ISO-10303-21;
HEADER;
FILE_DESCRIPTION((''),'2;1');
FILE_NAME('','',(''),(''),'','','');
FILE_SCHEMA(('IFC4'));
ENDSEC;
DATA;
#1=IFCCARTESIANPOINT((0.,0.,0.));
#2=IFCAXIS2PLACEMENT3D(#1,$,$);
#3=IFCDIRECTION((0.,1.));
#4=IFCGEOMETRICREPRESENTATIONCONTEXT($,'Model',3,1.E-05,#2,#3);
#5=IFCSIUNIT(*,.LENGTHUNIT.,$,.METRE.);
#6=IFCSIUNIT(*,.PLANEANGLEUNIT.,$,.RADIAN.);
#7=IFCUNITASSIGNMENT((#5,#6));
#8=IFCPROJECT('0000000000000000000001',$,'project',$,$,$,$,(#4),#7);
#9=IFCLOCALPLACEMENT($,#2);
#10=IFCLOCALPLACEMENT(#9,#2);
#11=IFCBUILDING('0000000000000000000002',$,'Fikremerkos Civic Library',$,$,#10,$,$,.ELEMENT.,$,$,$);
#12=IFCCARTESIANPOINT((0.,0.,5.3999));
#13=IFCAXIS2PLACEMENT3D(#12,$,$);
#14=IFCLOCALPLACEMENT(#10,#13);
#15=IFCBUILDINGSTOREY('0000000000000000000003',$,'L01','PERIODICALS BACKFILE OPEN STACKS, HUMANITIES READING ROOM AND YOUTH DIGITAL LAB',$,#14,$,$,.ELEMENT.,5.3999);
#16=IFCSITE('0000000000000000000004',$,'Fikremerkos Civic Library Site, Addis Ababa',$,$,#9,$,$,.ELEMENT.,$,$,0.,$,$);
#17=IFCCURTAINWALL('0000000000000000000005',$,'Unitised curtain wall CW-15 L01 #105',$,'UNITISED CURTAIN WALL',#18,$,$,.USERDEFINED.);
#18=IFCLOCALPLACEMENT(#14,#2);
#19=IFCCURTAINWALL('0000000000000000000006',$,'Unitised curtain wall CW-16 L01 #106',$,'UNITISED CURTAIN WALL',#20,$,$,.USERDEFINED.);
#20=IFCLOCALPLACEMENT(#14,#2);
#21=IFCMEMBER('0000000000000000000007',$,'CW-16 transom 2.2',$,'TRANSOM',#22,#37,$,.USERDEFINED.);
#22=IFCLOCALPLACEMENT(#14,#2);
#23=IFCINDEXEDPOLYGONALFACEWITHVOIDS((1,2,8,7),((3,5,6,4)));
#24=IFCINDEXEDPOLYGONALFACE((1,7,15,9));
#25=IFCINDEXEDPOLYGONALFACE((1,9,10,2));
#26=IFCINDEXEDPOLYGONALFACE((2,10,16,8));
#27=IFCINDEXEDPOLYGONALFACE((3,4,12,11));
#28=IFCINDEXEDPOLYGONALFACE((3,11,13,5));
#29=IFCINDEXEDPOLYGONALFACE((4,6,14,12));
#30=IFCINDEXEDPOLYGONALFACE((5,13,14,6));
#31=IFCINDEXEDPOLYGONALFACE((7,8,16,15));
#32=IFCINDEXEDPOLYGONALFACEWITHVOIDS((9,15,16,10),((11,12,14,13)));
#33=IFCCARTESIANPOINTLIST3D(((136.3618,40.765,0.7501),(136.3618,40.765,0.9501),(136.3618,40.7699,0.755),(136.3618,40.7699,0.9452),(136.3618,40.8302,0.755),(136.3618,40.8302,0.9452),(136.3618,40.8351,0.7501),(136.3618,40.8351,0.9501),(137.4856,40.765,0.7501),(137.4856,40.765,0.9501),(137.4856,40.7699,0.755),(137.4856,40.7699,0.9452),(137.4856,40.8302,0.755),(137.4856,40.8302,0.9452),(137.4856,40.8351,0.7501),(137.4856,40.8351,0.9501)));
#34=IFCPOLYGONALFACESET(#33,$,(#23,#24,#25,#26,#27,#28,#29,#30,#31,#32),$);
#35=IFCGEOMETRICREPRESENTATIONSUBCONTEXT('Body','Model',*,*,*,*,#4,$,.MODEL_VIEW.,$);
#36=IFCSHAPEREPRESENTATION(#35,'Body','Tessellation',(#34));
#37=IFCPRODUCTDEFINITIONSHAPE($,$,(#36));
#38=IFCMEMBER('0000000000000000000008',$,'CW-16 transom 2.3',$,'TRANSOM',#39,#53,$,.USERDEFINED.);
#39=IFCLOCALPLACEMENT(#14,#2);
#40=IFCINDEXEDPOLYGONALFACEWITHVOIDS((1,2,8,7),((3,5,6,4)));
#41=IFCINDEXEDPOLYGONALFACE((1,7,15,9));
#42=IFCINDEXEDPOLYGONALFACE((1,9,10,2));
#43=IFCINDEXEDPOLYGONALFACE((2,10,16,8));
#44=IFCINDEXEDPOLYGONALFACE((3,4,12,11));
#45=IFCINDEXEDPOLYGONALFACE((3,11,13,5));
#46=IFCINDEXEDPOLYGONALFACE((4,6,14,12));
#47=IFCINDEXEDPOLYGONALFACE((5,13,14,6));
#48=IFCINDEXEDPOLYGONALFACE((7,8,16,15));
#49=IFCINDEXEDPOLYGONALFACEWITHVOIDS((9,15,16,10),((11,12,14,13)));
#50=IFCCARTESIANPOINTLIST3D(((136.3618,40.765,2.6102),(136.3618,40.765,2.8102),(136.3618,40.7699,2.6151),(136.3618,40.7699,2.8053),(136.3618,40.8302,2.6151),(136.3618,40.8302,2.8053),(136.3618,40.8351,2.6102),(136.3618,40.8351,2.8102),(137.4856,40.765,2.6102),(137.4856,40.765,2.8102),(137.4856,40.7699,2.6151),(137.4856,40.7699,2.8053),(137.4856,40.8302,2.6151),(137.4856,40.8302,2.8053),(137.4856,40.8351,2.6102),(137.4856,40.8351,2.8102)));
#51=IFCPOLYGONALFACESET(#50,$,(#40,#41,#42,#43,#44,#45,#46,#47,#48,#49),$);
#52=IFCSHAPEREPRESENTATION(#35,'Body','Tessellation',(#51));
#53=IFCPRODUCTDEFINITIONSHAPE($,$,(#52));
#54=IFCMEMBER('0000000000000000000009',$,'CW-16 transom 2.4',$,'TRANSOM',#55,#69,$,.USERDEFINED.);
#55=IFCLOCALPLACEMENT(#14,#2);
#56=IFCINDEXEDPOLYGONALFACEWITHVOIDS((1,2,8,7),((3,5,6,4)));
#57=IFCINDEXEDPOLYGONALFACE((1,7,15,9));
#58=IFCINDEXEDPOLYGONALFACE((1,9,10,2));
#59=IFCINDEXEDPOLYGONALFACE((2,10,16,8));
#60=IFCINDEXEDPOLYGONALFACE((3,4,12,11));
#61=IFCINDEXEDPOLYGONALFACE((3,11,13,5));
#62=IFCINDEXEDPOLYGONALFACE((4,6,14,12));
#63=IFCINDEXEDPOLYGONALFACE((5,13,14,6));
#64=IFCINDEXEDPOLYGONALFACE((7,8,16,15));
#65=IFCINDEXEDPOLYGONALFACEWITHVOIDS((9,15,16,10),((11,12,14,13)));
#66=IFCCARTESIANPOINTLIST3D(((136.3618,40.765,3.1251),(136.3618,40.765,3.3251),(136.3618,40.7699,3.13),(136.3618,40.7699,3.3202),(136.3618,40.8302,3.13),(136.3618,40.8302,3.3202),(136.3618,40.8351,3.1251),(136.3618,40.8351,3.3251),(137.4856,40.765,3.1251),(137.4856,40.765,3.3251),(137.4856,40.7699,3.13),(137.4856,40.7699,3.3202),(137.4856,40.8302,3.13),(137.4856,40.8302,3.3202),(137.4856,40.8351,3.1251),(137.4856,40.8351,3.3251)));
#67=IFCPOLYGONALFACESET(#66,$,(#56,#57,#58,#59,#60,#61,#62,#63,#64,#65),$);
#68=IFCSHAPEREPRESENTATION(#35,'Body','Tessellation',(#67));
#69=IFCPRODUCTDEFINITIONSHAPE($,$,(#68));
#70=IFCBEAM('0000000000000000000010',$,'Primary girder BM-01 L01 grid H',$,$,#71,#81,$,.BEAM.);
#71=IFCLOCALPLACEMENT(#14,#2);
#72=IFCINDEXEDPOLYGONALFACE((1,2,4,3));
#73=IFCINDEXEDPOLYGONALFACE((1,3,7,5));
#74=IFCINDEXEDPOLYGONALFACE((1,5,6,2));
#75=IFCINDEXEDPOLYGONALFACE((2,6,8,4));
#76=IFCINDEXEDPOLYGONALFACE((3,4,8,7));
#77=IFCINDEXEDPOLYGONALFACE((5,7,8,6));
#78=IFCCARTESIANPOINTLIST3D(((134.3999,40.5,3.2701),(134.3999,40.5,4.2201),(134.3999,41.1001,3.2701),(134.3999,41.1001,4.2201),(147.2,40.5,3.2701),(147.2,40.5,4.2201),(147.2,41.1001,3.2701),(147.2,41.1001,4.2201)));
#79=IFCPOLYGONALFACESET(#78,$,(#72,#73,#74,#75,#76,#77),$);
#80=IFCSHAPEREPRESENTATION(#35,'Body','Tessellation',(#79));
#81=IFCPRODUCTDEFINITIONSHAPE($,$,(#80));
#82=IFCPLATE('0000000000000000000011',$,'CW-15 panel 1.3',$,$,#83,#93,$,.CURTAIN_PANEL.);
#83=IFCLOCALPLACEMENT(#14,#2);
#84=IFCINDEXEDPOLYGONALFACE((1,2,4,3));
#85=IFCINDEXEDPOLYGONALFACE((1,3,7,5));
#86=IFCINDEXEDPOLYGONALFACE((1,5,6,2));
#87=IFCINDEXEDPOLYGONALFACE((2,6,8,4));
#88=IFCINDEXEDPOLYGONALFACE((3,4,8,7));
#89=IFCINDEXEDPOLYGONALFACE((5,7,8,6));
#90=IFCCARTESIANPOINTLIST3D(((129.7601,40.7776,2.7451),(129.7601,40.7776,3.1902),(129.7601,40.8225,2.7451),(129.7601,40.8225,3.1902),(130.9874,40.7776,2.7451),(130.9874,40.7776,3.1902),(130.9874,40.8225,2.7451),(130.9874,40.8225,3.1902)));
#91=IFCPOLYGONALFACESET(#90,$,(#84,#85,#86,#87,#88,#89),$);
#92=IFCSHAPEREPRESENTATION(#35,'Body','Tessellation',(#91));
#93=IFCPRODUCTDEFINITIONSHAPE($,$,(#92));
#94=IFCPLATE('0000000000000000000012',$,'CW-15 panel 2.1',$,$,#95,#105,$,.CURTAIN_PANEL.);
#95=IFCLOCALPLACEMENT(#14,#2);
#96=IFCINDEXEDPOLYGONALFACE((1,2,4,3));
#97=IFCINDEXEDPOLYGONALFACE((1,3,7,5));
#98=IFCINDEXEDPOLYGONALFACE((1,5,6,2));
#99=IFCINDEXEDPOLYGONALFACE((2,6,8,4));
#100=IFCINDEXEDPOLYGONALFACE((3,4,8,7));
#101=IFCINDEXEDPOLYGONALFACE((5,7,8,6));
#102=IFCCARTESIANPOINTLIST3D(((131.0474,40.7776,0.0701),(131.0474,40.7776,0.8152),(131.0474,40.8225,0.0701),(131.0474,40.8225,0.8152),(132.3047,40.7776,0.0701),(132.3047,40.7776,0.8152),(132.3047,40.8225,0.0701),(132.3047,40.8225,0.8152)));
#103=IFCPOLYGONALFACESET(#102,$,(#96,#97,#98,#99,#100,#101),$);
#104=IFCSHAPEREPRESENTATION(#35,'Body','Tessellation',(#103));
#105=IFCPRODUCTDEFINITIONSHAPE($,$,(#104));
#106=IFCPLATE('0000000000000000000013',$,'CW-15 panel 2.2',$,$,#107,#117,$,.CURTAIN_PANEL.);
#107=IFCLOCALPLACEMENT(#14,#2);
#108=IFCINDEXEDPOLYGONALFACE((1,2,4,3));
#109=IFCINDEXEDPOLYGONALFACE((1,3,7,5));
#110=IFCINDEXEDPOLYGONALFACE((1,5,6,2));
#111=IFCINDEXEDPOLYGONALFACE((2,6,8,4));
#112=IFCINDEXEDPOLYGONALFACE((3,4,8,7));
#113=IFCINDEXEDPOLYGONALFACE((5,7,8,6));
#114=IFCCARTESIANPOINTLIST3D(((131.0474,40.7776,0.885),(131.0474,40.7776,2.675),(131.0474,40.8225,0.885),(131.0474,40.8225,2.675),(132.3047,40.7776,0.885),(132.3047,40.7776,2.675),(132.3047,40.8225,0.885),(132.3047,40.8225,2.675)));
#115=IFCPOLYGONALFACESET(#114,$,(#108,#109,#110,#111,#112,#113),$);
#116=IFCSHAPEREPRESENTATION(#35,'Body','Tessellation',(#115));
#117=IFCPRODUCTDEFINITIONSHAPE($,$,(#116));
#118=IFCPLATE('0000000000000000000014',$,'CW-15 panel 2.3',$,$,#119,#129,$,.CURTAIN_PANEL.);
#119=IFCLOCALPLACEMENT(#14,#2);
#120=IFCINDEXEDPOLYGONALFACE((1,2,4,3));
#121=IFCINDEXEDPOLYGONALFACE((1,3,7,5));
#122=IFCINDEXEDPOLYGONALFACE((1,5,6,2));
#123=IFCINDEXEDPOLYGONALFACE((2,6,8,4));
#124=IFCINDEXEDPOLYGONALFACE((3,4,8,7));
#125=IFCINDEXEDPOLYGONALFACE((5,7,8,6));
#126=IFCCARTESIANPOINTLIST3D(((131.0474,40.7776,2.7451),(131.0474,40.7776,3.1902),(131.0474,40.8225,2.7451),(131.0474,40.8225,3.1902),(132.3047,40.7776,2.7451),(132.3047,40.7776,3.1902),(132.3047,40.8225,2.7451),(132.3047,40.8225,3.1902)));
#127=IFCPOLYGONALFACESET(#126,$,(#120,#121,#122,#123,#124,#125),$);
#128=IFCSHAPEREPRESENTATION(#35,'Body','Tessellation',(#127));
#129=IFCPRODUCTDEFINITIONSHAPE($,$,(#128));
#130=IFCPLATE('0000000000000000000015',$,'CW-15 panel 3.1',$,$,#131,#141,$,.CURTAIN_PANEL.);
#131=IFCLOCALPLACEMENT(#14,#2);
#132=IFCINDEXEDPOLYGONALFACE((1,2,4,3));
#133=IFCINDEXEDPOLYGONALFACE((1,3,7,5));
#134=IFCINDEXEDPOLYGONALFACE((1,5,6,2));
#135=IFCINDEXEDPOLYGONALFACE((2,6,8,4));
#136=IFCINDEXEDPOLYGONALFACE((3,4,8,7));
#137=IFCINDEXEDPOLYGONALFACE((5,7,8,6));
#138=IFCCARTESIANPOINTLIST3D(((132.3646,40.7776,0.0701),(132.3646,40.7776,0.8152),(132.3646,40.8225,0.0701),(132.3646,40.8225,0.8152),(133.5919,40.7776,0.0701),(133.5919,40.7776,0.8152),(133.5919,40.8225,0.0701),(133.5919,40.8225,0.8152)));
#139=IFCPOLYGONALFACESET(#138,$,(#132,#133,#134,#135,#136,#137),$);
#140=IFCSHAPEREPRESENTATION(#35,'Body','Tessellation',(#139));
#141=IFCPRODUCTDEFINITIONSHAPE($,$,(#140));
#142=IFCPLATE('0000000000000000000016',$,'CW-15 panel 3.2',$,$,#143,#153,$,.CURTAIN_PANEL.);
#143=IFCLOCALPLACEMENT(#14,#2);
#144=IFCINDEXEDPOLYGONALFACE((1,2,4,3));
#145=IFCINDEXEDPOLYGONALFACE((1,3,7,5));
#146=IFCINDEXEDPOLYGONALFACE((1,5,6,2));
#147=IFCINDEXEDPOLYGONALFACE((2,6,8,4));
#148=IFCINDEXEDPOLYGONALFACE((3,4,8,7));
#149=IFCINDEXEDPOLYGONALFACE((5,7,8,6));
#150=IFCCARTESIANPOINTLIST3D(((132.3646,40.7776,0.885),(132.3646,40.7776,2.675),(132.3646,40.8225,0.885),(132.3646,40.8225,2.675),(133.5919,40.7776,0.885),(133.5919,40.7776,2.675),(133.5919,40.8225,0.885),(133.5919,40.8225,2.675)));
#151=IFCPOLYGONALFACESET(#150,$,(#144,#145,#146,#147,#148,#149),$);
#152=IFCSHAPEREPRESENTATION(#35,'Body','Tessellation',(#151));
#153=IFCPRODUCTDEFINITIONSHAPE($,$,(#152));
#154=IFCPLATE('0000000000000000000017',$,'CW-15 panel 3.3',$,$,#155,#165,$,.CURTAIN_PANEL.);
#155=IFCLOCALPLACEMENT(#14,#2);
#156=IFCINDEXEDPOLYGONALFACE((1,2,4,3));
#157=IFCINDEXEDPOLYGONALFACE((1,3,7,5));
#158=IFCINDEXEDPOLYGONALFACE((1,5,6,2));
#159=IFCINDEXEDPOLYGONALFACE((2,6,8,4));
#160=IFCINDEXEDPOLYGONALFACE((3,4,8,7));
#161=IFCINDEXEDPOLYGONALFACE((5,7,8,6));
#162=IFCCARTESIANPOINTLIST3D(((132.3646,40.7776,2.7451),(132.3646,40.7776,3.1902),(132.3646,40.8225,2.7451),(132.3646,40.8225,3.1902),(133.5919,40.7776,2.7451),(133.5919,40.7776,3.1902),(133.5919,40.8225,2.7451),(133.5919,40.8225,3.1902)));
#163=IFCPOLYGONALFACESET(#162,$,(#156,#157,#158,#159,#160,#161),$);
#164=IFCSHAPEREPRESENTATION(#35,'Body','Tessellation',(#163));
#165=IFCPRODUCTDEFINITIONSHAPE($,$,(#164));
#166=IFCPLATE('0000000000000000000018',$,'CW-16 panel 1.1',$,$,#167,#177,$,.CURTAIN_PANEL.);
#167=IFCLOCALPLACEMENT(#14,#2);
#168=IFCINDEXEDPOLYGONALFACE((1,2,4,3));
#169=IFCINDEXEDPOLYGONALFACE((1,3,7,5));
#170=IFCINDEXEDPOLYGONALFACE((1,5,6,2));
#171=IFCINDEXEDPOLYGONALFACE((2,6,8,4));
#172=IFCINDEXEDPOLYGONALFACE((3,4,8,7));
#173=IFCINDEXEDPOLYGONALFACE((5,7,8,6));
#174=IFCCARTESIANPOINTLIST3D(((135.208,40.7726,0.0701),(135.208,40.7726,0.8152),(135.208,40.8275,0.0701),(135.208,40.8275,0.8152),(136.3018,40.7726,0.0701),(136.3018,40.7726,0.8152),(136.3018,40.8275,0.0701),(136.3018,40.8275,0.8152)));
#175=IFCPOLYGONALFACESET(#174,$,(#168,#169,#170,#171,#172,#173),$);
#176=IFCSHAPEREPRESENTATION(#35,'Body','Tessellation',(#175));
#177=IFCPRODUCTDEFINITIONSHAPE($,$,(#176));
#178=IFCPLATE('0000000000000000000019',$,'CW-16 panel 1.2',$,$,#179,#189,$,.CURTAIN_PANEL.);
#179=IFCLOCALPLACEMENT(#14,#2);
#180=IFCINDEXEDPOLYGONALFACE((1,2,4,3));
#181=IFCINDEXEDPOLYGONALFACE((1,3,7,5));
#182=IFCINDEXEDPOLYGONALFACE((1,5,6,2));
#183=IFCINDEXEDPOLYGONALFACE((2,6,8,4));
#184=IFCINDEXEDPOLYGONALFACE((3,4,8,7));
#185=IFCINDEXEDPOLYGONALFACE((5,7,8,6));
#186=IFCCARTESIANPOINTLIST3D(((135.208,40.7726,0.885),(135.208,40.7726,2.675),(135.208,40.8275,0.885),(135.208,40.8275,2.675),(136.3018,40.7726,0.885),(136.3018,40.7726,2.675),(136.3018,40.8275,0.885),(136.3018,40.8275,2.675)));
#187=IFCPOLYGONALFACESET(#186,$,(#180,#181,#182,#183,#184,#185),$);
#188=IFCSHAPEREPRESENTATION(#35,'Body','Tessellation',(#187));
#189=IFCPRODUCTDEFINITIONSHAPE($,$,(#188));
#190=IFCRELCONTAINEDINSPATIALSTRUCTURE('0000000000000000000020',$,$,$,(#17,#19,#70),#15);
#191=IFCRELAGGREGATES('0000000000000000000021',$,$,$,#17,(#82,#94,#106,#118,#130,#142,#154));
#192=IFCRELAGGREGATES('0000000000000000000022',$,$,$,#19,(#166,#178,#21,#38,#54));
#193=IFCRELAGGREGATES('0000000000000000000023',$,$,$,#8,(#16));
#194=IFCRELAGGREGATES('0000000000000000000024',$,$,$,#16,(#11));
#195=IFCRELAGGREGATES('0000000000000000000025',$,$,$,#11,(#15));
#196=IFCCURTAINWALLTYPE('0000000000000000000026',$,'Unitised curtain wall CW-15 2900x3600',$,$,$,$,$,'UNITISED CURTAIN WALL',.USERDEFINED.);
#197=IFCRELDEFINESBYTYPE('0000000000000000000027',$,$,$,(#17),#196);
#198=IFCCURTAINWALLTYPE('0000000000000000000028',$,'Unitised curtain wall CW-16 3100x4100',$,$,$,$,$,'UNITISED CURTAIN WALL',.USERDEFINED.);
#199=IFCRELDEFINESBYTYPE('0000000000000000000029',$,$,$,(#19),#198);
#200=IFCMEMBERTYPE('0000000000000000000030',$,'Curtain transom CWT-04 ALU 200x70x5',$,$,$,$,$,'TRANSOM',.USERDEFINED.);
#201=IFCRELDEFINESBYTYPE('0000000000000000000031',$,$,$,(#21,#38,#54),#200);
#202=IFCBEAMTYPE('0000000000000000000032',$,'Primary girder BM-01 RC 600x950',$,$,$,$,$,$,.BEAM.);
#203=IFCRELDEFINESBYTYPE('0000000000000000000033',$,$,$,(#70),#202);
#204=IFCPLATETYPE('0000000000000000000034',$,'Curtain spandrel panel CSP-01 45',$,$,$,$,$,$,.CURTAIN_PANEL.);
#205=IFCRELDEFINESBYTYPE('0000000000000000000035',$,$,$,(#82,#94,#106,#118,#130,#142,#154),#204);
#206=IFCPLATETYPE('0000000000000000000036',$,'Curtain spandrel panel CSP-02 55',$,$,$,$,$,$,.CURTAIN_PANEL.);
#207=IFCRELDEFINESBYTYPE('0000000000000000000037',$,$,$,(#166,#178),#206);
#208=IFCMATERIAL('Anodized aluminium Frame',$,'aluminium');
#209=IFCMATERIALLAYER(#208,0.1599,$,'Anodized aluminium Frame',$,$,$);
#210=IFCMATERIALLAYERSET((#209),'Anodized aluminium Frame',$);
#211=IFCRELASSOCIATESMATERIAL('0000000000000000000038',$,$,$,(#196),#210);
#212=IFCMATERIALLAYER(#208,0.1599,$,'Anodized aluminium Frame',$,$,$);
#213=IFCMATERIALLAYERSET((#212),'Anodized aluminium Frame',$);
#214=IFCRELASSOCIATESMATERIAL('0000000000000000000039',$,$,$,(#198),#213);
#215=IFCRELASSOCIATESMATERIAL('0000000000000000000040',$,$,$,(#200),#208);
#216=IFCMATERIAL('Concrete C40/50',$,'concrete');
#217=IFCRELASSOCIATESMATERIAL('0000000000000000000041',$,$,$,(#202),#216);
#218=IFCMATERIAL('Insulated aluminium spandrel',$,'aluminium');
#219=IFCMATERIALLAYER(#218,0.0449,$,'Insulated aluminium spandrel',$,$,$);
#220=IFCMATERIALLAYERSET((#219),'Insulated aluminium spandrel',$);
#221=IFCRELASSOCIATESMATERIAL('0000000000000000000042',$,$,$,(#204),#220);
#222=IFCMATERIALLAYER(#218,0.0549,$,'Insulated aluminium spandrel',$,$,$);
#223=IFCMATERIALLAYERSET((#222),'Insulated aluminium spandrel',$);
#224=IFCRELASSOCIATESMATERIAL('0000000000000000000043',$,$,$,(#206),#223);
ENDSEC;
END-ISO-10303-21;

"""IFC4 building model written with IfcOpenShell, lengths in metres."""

from ifc_helpers import new_model, si_unit, direction, frame, origin, origin_2d, place, context, subcontext, project, spatial, rectangle, hollow_rectangle, extrude, material, layer, layer_set, material_profile, profile_set, type_object, element, aggregate, save


model = new_model("IFC4")

# Units and contexts
model_context = context("Model", 3, precision=1e-05, world=origin(), true_north=direction((0.0, 1.0)))
body_context = subcontext(model_context, "Body", "Model", "MODEL_VIEW")
ifc_project = project(units=[si_unit("LENGTHUNIT", "METRE"), si_unit("PLANEANGLEUNIT", "RADIAN")], contexts=[model_context])

# Site, building, storey
site_placement = place(None, origin())
site = spatial("IfcSite", under=ifc_project, at=site_placement, Name="Fikremerkos Civic Library Site, Addis Ababa", CompositionType="ELEMENT", RefElevation=0.0)
building_placement = place(site_placement, origin())
building = spatial("IfcBuilding", under=site, at=building_placement, Name="Fikremerkos Civic Library", CompositionType="ELEMENT")
storey_placement = place(building_placement, frame((0.0, 0.0, 5.3999)))
storey = spatial("IfcBuildingStorey", under=building, at=storey_placement, Name="L01", Description="PERIODICALS BACKFILE OPEN STACKS, HUMANITIES READING ROOM AND YOUTH DIGITAL LAB", CompositionType="ELEMENT", Elevation=5.3999)

# Shared definitions
ifc_material_1 = material(Name="Concrete C40/50", Category="concrete")

# Curtain walls
ifc_material_2 = material(Name="Anodized aluminium Frame", Category="aluminium")
ifc_layer_1 = layer(ifc_material_2, 0.1599, Name="Anodized aluminium Frame")
ifc_layer_set_1 = layer_set([ifc_layer_1], Name="Anodized aluminium Frame")
curtain_wall_type_1 = type_object("IfcCurtainWallType", Name="Unitised curtain wall CW-15 2900x3600", ElementType="UNITISED CURTAIN WALL", PredefinedType="USERDEFINED", material=ifc_layer_set_1)
curtain_wall_1_placement = place(storey_placement, origin())
curtain_wall_1 = element("IfcCurtainWall", 1, at=curtain_wall_1_placement, inside=storey, type_object=curtain_wall_type_1, Name="Unitised curtain wall CW-15 L01 #105", ObjectType="UNITISED CURTAIN WALL", PredefinedType="USERDEFINED")
ifc_layer_2 = layer(ifc_material_2, 0.1599, Name="Anodized aluminium Frame")
ifc_layer_set_2 = layer_set([ifc_layer_2], Name="Anodized aluminium Frame")
curtain_wall_type_2 = type_object("IfcCurtainWallType", Name="Unitised curtain wall CW-16 3100x4100", ElementType="UNITISED CURTAIN WALL", PredefinedType="USERDEFINED", material=ifc_layer_set_2)
curtain_wall_2_placement = place(storey_placement, origin())
curtain_wall_2 = element("IfcCurtainWall", 2, at=curtain_wall_2_placement, inside=storey, type_object=curtain_wall_type_2, Name="Unitised curtain wall CW-16 L01 #106", ObjectType="UNITISED CURTAIN WALL", PredefinedType="USERDEFINED")

# Members
ifc_material_profile_1 = material_profile(ifc_material_2, hollow_rectangle(XDim=0.0701, YDim=0.2, WallThickness=0.0049, at=origin_2d()), Name="ALU 200x70x5")
ifc_profile_set_1 = profile_set([ifc_material_profile_1], Name="Anodized aluminium Frame")
member_type_1 = type_object("IfcMemberType", Name="Curtain transom CWT-04 ALU 200x70x5", ElementType="TRANSOM", PredefinedType="USERDEFINED", material=ifc_profile_set_1)
member_1_placement = place(storey_placement, frame((136.3618, 40.8, 0.8501), z_axis=(1.0, 0.0, 0.0), x_axis=(0.0, 1.0, 0.0)))
member_1 = element("IfcMember", 3, at=member_1_placement, type_object=member_type_1, Name="CW-16 transom 2.2", ObjectType="TRANSOM", PredefinedType="USERDEFINED", context=body_context, shape_type="SweptSolid", body=[
    extrude(hollow_rectangle(XDim=0.0701, YDim=0.2, WallThickness=0.0049, at=origin_2d()), origin(), (0.0, 0.0, 1.0), 1.1238),
])
member_2_placement = place(storey_placement, frame((136.3618, 40.8, 2.7102), z_axis=(1.0, 0.0, 0.0), x_axis=(0.0, 1.0, 0.0)))
member_2 = element("IfcMember", 4, at=member_2_placement, type_object=member_type_1, Name="CW-16 transom 2.3", ObjectType="TRANSOM", PredefinedType="USERDEFINED", context=body_context, shape_type="SweptSolid", body=[
    extrude(hollow_rectangle(XDim=0.0701, YDim=0.2, WallThickness=0.0049, at=origin_2d()), origin(), (0.0, 0.0, 1.0), 1.1238),
])
member_3_placement = place(storey_placement, frame((136.3618, 40.8, 3.2251), z_axis=(1.0, 0.0, 0.0), x_axis=(0.0, 1.0, 0.0)))
member_3 = element("IfcMember", 5, at=member_3_placement, type_object=member_type_1, Name="CW-16 transom 2.4", ObjectType="TRANSOM", PredefinedType="USERDEFINED", context=body_context, shape_type="SweptSolid", body=[
    extrude(hollow_rectangle(XDim=0.0701, YDim=0.2, WallThickness=0.0049, at=origin_2d()), origin(), (0.0, 0.0, 1.0), 1.1238),
])

# Beam
ifc_material_profile_2 = material_profile(ifc_material_1, rectangle(XDim=0.6001, YDim=0.95, at=origin_2d()), Name="RC 600x950")
ifc_profile_set_2 = profile_set([ifc_material_profile_2], Name="Concrete C40/50")
beam_type = type_object("IfcBeamType", Name="Primary girder BM-01 RC 600x950", PredefinedType="BEAM", material=ifc_profile_set_2)
beam_placement = place(storey_placement, frame((134.3999, 40.8, 3.7451), z_axis=(1.0, 0.0, 0.0), x_axis=(0.0, 1.0, 0.0)))
element("IfcBeam", 6, at=beam_placement, inside=storey, type_object=beam_type, Name="Primary girder BM-01 L01 grid H", PredefinedType="BEAM", context=body_context, shape_type="SweptSolid", body=[
    extrude(rectangle(XDim=0.6001, YDim=0.95, at=origin_2d()), origin(), (0.0, 0.0, 1.0), 12.8),
])

# Plates
ifc_material_3 = material(Name="Insulated aluminium spandrel", Category="aluminium")
ifc_layer_3 = layer(ifc_material_3, 0.0449, Name="Insulated aluminium spandrel")
ifc_layer_set_3 = layer_set([ifc_layer_3], Name="Insulated aluminium spandrel")
plate_type_1 = type_object("IfcPlateType", Name="Curtain spandrel panel CSP-01 45", PredefinedType="CURTAIN_PANEL", material=ifc_layer_set_3)
plate_1_placement = place(storey_placement, frame((130.3738, 40.8, 2.7451), z_axis=(0.0, 0.0, 1.0), x_axis=(1.0, 0.0, 0.0)))
plate_1 = element("IfcPlate", 7, at=plate_1_placement, type_object=plate_type_1, Name="CW-15 panel 1.3", PredefinedType="CURTAIN_PANEL", context=body_context, shape_type="SweptSolid", body=[
    extrude(rectangle(XDim=1.2273, YDim=0.0449, at=origin_2d()), origin(), (0.0, 0.0, 1.0), 0.4451),
])
plate_2_placement = place(storey_placement, frame((131.676, 40.8, 0.0701), z_axis=(0.0, 0.0, 1.0), x_axis=(1.0, 0.0, 0.0)))
plate_2 = element("IfcPlate", 8, at=plate_2_placement, type_object=plate_type_1, Name="CW-15 panel 2.1", PredefinedType="CURTAIN_PANEL", context=body_context, shape_type="SweptSolid", body=[
    extrude(rectangle(XDim=1.2573, YDim=0.0449, at=origin_2d()), origin(), (0.0, 0.0, 1.0), 0.7451),
])
plate_3_placement = place(storey_placement, frame((131.676, 40.8, 0.885), z_axis=(0.0, 0.0, 1.0), x_axis=(1.0, 0.0, 0.0)))
plate_3 = element("IfcPlate", 9, at=plate_3_placement, type_object=plate_type_1, Name="CW-15 panel 2.2", PredefinedType="CURTAIN_PANEL", context=body_context, shape_type="SweptSolid", body=[
    extrude(rectangle(XDim=1.2573, YDim=0.0449, at=origin_2d()), origin(), (0.0, 0.0, 1.0), 1.79),
])
plate_4_placement = place(storey_placement, frame((131.676, 40.8, 2.7451), z_axis=(0.0, 0.0, 1.0), x_axis=(1.0, 0.0, 0.0)))
plate_4 = element("IfcPlate", 10, at=plate_4_placement, type_object=plate_type_1, Name="CW-15 panel 2.3", PredefinedType="CURTAIN_PANEL", context=body_context, shape_type="SweptSolid", body=[
    extrude(rectangle(XDim=1.2573, YDim=0.0449, at=origin_2d()), origin(), (0.0, 0.0, 1.0), 0.4451),
])
plate_5_placement = place(storey_placement, frame((132.9783, 40.8, 0.0701), z_axis=(0.0, 0.0, 1.0), x_axis=(1.0, 0.0, 0.0)))
plate_5 = element("IfcPlate", 11, at=plate_5_placement, type_object=plate_type_1, Name="CW-15 panel 3.1", PredefinedType="CURTAIN_PANEL", context=body_context, shape_type="SweptSolid", body=[
    extrude(rectangle(XDim=1.2273, YDim=0.0449, at=origin_2d()), origin(), (0.0, 0.0, 1.0), 0.7451),
])
plate_6_placement = place(storey_placement, frame((132.9783, 40.8, 0.885), z_axis=(0.0, 0.0, 1.0), x_axis=(1.0, 0.0, 0.0)))
plate_6 = element("IfcPlate", 12, at=plate_6_placement, type_object=plate_type_1, Name="CW-15 panel 3.2", PredefinedType="CURTAIN_PANEL", context=body_context, shape_type="SweptSolid", body=[
    extrude(rectangle(XDim=1.2273, YDim=0.0449, at=origin_2d()), origin(), (0.0, 0.0, 1.0), 1.79),
])
plate_7_placement = place(storey_placement, frame((132.9783, 40.8, 2.7451), z_axis=(0.0, 0.0, 1.0), x_axis=(1.0, 0.0, 0.0)))
plate_7 = element("IfcPlate", 13, at=plate_7_placement, type_object=plate_type_1, Name="CW-15 panel 3.3", PredefinedType="CURTAIN_PANEL", context=body_context, shape_type="SweptSolid", body=[
    extrude(rectangle(XDim=1.2273, YDim=0.0449, at=origin_2d()), origin(), (0.0, 0.0, 1.0), 0.4451),
])
aggregate(curtain_wall_1, [plate_1, plate_2, plate_3, plate_4, plate_5, plate_6, plate_7])
ifc_layer_4 = layer(ifc_material_3, 0.0549, Name="Insulated aluminium spandrel")
ifc_layer_set_4 = layer_set([ifc_layer_4], Name="Insulated aluminium spandrel")
plate_type_2 = type_object("IfcPlateType", Name="Curtain spandrel panel CSP-02 55", PredefinedType="CURTAIN_PANEL", material=ifc_layer_set_4)
plate_8_placement = place(storey_placement, frame((135.7549, 40.8, 0.0701), z_axis=(0.0, 0.0, 1.0), x_axis=(1.0, 0.0, 0.0)))
plate_8 = element("IfcPlate", 14, at=plate_8_placement, type_object=plate_type_2, Name="CW-16 panel 1.1", PredefinedType="CURTAIN_PANEL", context=body_context, shape_type="SweptSolid", body=[
    extrude(rectangle(XDim=1.0938, YDim=0.0549, at=origin_2d()), origin(), (0.0, 0.0, 1.0), 0.7451),
])
plate_9_placement = place(storey_placement, frame((135.7549, 40.8, 0.885), z_axis=(0.0, 0.0, 1.0), x_axis=(1.0, 0.0, 0.0)))
plate_9 = element("IfcPlate", 15, at=plate_9_placement, type_object=plate_type_2, Name="CW-16 panel 1.2", PredefinedType="CURTAIN_PANEL", context=body_context, shape_type="SweptSolid", body=[
    extrude(rectangle(XDim=1.0938, YDim=0.0549, at=origin_2d()), origin(), (0.0, 0.0, 1.0), 1.79),
])
aggregate(curtain_wall_2, [plate_8, plate_9, member_1, member_2, member_3])

save(model, "model.ifc")
